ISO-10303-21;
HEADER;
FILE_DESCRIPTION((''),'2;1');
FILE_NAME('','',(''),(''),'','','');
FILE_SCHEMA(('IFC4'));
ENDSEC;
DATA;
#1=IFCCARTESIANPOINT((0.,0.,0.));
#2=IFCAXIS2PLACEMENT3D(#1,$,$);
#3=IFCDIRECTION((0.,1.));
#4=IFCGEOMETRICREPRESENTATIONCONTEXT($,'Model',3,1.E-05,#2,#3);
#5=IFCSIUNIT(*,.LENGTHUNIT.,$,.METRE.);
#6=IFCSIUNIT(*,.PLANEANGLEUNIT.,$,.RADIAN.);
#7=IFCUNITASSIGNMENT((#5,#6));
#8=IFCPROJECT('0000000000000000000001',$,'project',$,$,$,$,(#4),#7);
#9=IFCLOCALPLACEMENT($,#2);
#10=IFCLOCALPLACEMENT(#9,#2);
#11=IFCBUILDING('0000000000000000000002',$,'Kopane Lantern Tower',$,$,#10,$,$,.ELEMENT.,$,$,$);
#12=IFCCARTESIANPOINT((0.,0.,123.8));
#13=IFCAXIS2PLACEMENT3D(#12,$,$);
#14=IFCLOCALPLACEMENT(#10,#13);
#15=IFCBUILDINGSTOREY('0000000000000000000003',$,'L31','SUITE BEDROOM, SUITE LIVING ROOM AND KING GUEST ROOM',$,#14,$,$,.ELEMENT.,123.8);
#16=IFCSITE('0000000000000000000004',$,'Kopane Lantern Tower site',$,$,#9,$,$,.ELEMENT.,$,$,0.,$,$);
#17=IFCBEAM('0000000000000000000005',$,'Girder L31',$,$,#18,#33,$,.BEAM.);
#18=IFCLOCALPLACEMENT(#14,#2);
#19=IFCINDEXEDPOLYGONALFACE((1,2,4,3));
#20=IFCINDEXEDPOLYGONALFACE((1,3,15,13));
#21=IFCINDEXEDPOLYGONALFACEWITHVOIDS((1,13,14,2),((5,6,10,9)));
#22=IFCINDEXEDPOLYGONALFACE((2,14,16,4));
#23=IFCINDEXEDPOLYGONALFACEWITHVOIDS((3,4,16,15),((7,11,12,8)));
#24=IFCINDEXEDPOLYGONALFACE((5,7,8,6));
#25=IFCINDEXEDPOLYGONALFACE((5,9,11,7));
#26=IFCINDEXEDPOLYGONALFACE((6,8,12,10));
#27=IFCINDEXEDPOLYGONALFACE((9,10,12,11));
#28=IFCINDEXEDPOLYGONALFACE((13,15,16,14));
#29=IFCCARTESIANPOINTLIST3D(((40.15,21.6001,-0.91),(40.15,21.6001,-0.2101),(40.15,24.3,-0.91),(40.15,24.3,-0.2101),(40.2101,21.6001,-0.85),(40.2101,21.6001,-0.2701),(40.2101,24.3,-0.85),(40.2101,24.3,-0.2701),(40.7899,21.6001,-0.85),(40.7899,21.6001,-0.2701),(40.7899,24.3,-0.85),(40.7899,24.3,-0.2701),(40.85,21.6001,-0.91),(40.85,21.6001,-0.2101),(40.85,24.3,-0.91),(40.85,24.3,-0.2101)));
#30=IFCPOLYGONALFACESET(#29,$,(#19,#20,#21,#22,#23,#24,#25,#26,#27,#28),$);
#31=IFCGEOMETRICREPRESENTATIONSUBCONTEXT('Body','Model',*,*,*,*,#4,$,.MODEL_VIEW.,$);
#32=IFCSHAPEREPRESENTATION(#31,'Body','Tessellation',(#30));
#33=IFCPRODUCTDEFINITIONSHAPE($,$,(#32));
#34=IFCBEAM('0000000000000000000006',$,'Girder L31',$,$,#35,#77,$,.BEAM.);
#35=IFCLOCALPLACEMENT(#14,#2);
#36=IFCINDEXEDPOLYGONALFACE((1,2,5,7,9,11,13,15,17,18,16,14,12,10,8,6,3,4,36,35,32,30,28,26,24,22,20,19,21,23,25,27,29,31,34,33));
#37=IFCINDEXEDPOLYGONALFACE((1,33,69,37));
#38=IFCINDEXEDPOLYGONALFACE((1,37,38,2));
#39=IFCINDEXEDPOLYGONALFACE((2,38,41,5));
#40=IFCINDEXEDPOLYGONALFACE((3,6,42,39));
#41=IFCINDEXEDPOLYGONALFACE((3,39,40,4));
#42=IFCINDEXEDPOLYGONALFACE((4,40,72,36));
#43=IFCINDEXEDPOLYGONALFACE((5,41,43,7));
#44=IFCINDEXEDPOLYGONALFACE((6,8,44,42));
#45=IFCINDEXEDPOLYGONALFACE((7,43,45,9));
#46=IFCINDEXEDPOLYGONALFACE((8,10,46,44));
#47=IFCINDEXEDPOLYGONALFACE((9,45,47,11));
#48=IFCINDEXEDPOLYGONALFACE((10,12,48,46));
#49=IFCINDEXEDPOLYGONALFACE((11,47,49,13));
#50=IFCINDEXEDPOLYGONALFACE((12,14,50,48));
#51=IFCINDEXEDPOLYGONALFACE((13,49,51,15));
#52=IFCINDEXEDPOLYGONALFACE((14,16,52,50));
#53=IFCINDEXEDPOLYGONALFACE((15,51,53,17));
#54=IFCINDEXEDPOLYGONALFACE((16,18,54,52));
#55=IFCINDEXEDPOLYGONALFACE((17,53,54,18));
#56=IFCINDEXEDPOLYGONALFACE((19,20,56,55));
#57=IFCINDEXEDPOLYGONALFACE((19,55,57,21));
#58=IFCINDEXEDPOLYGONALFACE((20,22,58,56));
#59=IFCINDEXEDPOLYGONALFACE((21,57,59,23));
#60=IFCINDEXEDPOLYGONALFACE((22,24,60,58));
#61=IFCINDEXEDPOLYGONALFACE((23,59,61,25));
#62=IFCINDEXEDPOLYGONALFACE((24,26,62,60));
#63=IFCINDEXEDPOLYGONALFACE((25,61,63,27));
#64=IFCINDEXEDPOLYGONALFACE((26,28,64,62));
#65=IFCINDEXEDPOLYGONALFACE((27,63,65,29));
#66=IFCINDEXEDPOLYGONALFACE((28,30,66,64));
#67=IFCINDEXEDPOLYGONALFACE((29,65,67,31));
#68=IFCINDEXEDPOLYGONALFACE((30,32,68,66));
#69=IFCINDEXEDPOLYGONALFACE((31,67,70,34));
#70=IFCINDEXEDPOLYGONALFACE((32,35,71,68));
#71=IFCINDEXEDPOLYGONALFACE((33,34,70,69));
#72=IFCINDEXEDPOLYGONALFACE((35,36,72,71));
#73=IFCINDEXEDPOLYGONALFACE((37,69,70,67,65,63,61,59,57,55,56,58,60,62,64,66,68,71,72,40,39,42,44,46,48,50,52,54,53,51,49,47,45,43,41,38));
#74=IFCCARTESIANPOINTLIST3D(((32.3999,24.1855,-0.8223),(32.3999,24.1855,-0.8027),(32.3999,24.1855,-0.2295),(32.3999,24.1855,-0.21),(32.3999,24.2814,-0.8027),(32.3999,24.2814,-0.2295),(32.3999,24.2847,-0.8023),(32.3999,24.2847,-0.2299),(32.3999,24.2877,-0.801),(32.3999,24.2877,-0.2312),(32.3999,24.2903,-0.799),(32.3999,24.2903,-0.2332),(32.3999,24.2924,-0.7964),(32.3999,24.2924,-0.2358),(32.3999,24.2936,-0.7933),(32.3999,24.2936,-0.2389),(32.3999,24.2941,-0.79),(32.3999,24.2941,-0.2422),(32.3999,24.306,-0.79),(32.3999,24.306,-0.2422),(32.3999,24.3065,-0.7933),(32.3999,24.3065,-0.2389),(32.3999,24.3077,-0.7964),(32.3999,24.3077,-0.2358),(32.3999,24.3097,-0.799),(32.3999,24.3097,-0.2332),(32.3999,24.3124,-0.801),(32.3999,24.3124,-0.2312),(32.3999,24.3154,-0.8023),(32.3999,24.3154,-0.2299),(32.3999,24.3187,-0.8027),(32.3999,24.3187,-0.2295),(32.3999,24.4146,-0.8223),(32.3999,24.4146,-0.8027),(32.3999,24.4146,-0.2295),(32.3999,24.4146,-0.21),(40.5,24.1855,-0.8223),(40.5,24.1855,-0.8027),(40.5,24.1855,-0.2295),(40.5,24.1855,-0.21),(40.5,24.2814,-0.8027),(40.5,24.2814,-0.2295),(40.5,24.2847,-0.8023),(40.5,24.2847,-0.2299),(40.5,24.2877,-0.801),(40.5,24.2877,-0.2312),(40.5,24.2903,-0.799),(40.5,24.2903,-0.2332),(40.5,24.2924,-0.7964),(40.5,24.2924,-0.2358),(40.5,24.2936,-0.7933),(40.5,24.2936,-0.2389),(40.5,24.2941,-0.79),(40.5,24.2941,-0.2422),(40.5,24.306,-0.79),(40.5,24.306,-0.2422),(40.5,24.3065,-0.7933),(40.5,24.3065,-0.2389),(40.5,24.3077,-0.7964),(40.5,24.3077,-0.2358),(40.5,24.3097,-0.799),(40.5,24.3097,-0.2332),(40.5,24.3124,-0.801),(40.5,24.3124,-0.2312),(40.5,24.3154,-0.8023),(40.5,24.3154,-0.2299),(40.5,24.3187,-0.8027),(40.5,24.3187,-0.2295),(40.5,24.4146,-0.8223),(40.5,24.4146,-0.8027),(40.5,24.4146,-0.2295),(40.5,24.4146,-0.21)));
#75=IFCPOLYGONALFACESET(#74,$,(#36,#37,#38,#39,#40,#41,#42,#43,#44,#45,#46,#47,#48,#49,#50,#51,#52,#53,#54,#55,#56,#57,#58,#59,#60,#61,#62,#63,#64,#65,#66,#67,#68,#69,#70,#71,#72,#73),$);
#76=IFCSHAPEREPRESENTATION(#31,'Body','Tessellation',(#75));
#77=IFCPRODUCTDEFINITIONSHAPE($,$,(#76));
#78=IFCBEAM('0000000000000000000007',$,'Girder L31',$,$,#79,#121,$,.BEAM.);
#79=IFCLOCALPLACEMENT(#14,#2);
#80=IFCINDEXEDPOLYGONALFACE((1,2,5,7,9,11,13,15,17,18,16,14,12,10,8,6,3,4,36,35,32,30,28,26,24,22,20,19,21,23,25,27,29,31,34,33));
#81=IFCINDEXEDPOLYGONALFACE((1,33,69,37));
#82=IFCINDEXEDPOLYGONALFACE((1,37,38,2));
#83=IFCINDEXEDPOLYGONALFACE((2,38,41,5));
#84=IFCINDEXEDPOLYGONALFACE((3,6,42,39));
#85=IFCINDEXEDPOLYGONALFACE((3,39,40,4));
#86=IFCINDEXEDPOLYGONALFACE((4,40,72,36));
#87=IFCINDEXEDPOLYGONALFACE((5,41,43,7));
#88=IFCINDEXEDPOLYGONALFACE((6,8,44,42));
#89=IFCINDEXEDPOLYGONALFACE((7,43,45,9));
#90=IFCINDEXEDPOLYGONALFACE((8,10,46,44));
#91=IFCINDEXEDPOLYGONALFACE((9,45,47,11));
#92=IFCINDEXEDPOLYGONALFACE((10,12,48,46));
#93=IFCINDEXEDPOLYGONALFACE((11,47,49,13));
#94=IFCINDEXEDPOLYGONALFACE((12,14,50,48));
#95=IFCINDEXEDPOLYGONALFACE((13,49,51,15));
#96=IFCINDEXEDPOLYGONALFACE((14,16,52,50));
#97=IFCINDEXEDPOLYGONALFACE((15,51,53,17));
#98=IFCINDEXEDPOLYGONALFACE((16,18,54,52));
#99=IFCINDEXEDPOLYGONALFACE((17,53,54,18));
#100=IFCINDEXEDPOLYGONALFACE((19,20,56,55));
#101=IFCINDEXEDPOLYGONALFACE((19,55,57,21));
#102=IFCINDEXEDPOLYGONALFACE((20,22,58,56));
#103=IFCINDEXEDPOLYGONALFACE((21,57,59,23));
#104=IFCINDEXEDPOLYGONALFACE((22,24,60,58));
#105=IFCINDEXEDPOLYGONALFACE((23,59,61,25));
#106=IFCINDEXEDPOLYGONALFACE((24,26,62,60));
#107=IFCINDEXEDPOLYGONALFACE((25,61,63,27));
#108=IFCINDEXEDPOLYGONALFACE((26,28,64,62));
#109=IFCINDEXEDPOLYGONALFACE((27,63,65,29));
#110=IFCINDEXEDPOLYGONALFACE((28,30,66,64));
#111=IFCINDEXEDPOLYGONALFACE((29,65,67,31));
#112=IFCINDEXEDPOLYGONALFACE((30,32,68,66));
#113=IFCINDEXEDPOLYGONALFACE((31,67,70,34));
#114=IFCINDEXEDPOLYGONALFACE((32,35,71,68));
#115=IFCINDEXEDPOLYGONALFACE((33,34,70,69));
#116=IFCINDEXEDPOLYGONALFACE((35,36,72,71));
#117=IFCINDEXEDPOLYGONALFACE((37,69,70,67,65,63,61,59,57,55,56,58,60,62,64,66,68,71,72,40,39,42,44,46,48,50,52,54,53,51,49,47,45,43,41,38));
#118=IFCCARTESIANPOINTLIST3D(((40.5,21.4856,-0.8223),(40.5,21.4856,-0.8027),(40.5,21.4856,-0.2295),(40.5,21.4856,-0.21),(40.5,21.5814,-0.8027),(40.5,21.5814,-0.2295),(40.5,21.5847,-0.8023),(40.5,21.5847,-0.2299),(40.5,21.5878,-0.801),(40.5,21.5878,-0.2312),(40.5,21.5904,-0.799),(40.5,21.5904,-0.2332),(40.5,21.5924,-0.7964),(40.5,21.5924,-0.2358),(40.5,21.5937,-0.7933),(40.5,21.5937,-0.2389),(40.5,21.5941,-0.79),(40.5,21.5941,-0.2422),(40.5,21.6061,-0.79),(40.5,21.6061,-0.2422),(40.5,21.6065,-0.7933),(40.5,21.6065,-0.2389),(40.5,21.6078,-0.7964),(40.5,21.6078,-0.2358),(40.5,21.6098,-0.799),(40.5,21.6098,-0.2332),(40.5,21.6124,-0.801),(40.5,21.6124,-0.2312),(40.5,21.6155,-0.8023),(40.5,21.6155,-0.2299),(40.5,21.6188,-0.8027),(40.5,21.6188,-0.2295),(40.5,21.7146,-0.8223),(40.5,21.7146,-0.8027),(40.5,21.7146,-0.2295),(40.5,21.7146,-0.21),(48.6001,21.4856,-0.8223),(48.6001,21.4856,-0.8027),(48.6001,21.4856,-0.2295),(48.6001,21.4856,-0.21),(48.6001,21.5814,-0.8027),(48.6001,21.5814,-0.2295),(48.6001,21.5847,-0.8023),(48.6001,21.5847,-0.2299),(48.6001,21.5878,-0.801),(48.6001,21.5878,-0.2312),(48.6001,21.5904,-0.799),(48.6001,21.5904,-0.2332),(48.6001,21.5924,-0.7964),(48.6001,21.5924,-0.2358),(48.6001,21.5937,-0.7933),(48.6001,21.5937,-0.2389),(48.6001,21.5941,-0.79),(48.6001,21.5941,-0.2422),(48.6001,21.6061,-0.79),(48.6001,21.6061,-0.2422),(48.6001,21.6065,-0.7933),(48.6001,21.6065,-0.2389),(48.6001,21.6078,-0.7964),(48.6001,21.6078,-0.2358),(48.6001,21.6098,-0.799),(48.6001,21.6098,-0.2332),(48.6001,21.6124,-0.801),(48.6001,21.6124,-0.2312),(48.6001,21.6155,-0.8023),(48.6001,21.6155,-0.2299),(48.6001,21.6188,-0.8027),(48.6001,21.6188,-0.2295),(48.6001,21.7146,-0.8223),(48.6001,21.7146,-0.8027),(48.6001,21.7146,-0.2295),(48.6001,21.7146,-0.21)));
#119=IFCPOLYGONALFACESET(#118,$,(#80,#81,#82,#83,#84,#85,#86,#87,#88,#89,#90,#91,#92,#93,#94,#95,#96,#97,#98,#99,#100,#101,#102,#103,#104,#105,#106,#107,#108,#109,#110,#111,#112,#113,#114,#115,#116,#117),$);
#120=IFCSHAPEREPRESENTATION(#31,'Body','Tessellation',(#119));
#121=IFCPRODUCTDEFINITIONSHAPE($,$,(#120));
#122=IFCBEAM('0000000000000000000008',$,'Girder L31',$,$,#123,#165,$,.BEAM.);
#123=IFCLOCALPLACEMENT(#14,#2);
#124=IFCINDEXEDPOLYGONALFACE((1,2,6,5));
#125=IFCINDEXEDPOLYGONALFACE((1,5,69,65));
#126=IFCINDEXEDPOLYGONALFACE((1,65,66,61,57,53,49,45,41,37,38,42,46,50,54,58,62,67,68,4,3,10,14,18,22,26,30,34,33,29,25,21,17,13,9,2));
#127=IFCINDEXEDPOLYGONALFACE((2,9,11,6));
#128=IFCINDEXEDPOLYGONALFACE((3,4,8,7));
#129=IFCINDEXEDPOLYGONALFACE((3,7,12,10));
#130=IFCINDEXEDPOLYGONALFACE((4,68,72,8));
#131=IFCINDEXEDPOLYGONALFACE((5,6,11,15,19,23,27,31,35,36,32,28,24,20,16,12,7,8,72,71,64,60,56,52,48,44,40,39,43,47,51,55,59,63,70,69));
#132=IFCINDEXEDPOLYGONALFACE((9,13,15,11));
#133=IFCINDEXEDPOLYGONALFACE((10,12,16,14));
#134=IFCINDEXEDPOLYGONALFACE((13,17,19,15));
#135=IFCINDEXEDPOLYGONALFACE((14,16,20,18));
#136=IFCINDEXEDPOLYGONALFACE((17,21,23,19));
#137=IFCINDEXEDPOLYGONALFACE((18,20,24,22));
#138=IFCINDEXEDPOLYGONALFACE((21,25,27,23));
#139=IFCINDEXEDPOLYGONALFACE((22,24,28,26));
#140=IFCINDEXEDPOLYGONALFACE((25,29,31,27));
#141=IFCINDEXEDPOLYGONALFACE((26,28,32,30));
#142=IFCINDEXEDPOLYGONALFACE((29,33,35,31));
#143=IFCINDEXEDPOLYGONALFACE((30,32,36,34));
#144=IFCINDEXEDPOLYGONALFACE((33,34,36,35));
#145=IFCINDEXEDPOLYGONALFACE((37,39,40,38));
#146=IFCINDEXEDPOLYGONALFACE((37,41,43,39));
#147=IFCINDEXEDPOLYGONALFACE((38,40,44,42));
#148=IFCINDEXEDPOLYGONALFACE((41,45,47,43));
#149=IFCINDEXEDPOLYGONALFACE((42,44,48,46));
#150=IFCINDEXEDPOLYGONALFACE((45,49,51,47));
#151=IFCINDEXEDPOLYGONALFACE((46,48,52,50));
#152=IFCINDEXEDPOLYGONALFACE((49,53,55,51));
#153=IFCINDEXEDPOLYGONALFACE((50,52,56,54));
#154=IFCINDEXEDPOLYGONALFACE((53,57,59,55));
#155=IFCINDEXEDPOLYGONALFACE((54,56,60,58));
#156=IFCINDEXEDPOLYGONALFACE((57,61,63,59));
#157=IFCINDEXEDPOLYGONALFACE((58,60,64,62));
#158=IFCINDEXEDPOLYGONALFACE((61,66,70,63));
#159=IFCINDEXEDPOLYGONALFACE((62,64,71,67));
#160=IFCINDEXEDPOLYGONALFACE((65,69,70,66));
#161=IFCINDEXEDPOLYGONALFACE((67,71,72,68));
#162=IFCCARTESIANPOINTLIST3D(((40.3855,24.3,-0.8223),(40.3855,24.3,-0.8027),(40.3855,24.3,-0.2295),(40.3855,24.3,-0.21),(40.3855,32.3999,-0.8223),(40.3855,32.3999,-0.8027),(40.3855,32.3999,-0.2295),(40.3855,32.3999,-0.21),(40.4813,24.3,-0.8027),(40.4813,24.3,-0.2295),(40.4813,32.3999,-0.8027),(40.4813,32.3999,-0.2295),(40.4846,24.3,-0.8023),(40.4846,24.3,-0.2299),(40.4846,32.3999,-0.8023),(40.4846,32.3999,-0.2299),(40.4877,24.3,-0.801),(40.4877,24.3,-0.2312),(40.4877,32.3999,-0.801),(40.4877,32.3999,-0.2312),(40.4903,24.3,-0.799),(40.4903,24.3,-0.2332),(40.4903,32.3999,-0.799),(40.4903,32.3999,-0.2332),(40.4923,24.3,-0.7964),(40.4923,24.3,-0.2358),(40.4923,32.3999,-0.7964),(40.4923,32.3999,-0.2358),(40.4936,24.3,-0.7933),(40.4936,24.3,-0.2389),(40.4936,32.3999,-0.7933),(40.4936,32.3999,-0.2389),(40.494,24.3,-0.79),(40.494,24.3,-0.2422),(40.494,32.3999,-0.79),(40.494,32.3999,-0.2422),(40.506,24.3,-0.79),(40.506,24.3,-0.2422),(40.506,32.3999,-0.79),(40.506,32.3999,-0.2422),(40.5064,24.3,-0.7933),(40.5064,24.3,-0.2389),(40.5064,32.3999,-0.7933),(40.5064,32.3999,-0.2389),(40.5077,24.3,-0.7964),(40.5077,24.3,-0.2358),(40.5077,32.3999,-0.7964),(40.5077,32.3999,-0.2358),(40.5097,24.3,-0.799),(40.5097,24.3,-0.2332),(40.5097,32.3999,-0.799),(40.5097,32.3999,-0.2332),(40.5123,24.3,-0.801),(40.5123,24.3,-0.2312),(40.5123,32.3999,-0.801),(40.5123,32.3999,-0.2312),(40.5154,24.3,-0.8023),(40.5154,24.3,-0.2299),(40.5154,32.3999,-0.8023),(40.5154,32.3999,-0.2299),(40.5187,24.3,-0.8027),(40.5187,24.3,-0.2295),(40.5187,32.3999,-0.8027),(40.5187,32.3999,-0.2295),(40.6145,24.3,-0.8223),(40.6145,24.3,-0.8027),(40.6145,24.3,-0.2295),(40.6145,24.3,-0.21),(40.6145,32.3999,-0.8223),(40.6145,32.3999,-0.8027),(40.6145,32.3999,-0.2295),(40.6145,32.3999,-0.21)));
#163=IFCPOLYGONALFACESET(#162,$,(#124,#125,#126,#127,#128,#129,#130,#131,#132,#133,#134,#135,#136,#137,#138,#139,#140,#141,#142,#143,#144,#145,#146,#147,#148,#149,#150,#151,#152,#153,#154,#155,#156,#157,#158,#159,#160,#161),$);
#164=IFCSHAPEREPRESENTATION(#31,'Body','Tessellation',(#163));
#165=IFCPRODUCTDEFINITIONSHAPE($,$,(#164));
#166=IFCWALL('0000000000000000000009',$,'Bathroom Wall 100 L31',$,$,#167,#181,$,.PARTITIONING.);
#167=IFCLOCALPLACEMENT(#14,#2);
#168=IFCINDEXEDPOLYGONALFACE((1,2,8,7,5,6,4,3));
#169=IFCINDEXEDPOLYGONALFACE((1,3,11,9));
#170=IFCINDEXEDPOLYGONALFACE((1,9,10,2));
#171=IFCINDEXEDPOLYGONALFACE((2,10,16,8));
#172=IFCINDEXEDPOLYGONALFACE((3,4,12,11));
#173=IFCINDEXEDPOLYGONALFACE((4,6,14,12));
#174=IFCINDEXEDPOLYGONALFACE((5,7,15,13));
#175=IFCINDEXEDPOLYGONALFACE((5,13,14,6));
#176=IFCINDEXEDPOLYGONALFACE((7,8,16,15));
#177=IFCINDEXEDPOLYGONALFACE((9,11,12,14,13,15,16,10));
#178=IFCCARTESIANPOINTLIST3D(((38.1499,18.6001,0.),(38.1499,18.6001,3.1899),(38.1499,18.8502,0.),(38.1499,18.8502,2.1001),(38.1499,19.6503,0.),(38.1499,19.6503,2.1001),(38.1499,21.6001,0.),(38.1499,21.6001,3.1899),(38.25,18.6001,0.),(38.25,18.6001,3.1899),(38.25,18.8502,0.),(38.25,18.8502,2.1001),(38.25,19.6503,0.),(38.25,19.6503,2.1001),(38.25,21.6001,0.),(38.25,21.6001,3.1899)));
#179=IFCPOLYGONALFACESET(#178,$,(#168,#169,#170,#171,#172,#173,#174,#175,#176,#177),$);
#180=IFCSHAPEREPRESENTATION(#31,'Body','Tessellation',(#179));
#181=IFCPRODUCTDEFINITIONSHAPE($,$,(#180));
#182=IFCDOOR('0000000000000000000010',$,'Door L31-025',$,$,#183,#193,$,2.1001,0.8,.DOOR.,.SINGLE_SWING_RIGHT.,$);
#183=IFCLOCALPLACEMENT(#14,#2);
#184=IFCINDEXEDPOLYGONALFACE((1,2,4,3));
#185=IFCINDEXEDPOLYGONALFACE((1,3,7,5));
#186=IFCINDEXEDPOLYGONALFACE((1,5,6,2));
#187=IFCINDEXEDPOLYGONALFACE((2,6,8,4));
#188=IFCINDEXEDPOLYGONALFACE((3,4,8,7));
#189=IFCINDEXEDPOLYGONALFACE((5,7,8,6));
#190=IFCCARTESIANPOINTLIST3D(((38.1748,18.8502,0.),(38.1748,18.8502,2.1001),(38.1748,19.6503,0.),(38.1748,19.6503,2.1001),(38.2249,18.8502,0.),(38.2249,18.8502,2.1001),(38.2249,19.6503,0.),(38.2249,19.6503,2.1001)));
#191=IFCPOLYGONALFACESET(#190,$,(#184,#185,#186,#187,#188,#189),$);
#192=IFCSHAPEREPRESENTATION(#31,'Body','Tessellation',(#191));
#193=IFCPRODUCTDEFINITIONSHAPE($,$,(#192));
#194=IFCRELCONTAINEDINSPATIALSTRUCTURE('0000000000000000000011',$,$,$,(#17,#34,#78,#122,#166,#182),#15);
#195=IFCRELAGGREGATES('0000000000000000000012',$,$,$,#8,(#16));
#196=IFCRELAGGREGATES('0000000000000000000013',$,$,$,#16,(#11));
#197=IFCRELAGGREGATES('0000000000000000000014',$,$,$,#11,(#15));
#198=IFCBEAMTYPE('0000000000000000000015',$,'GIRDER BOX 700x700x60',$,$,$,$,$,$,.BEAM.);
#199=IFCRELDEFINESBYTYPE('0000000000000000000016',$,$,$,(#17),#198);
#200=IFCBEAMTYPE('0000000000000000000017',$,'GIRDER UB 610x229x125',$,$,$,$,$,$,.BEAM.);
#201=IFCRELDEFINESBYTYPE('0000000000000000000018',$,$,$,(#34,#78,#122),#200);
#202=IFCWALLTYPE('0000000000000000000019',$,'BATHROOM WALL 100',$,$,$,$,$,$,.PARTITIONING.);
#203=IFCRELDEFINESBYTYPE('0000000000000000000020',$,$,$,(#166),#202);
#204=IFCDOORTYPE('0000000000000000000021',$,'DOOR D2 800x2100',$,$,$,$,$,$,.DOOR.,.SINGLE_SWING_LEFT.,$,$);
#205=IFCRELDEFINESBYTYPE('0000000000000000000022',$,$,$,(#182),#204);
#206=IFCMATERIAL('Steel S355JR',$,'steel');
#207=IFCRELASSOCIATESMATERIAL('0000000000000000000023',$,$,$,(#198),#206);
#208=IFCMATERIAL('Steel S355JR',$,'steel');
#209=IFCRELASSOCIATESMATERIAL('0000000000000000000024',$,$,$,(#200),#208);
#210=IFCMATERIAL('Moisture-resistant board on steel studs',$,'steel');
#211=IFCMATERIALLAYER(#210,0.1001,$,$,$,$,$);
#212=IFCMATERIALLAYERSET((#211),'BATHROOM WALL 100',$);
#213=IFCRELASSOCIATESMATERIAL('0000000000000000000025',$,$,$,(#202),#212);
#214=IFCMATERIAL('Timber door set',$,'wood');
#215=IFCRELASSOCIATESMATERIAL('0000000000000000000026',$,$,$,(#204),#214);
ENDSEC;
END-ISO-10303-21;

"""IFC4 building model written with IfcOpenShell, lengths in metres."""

from ifc_helpers import new_model, si_unit, direction, frame, frame_2d, origin, origin_2d, place, context, subcontext, project, spatial, rectangle, hollow_rectangle, i_section, extrude, material, layer, layer_set, material_profile, profile_set, type_object, element, fill, save


model = new_model("IFC4")

# Units and contexts
model_context = context("Model", 3, precision=1e-05, world=origin(), true_north=direction((0.0, 1.0)))
body_context = subcontext(model_context, "Body", "Model", "MODEL_VIEW")
ifc_project = project(units=[si_unit("LENGTHUNIT", "METRE"), si_unit("PLANEANGLEUNIT", "RADIAN")], contexts=[model_context])

# Site, building, storey
site_placement = place(None, origin())
site = spatial("IfcSite", under=ifc_project, at=site_placement, Name="Kopane Lantern Tower site", CompositionType="ELEMENT", RefElevation=0.0)
building_placement = place(site_placement, origin())
building = spatial("IfcBuilding", under=site, at=building_placement, Name="Kopane Lantern Tower", CompositionType="ELEMENT")
storey_placement = place(building_placement, frame((0.0, 0.0, 123.8)))
storey = spatial("IfcBuildingStorey", under=building, at=storey_placement, Name="L31", Description="SUITE BEDROOM, SUITE LIVING ROOM AND KING GUEST ROOM", CompositionType="ELEMENT", Elevation=123.8)

# Beams
ifc_material_1 = material(Name="Steel S355JR", Category="steel")
ifc_material_profile_1 = material_profile(ifc_material_1, hollow_rectangle(XDim=0.7, YDim=0.7, WallThickness=0.0601, at=origin_2d()), Name="BOX 700x700x60")
ifc_profile_set_1 = profile_set([ifc_material_profile_1], Name="Steel S355JR")
beam_type_1 = type_object("IfcBeamType", Name="GIRDER BOX 700x700x60", PredefinedType="BEAM", material=ifc_profile_set_1)
beam_1_placement = place(storey_placement, frame((40.5, 21.6001, -0.5601), z_axis=(0.0, 1.0, 0.0), x_axis=(-1.0, 0.0, 0.0)))
element("IfcBeam", 1, at=beam_1_placement, inside=storey, type_object=beam_type_1, Name="Girder L31", PredefinedType="BEAM", context=body_context, shape_type="SweptSolid", body=[
    extrude(hollow_rectangle(XDim=0.7, YDim=0.7, WallThickness=0.0601, at=origin_2d()), origin(), (0.0, 0.0, 1.0), 2.7),
])
ifc_material_2 = material(Name="Steel S355JR", Category="steel")
ifc_material_profile_2 = material_profile(ifc_material_2, i_section(OverallWidth=0.229, OverallDepth=0.6123, WebThickness=0.012, FlangeThickness=0.0195, FilletRadius=0.0127, at=origin_2d()), Name="UB 610x229x125")
ifc_profile_set_2 = profile_set([ifc_material_profile_2], Name="Steel S355JR")
beam_type_2 = type_object("IfcBeamType", Name="GIRDER UB 610x229x125", PredefinedType="BEAM", material=ifc_profile_set_2)
for number, where, z_axis, x_axis, name in (
    (2, (32.3999, 24.3, -0.5161), (1.0, 0.0, 0.0), (0.0, 1.0, 0.0), "Girder L31"),
    (3, (40.5, 21.6001, -0.5161), (1.0, 0.0, 0.0), (0.0, 1.0, 0.0), "Girder L31"),
):
    element("IfcBeam", number, at=place(storey_placement, frame(where, z_axis=z_axis, x_axis=x_axis)), inside=storey, type_object=beam_type_2, Name=name, PredefinedType="BEAM", context=body_context, shape_type="SweptSolid", body=[
        extrude(i_section(OverallWidth=0.229, OverallDepth=0.6123, WebThickness=0.012, FlangeThickness=0.0195, FilletRadius=0.0127, at=origin_2d()), origin(), (0.0, 0.0, 1.0), 8.1001),
    ])
beam_2_placement = place(storey_placement, frame((40.5, 24.3, -0.5161), z_axis=(0.0, 1.0, 0.0), x_axis=(-1.0, 0.0, 0.0)))
element("IfcBeam", 4, at=beam_2_placement, inside=storey, type_object=beam_type_2, Name="Girder L31", PredefinedType="BEAM", context=body_context, shape_type="SweptSolid", body=[
    extrude(i_section(OverallWidth=0.229, OverallDepth=0.6123, WebThickness=0.012, FlangeThickness=0.0195, FilletRadius=0.0127, at=origin_2d()), origin(), (0.0, 0.0, 1.0), 8.0999),
])

# Wall, opening, door
ifc_material_3 = material(Name="Moisture-resistant board on steel studs", Category="steel")
ifc_layer_1 = layer(ifc_material_3, 0.1001)
ifc_layer_set_1 = layer_set([ifc_layer_1], Name="BATHROOM WALL 100")
wall_type_1 = type_object("IfcWallType", Name="BATHROOM WALL 100", PredefinedType="PARTITIONING", material=ifc_layer_set_1)
wall_1_placement = place(storey_placement, frame((38.2, 21.6001, 0.0), z_axis=(0.0, 0.0, 1.0), x_axis=(0.0, -1.0, 0.0)))
wall_1 = element("IfcWall", 5, at=wall_1_placement, inside=storey, type_object=wall_type_1, Name="Bathroom Wall 100 L31", PredefinedType="PARTITIONING", context=body_context, shape_type="SweptSolid", body=[
    extrude(rectangle(XDim=3.0, YDim=0.1001, at=frame_2d((1.5, 0.0))), origin(), (0.0, 0.0, 1.0), 3.1899),
])
opening_1_placement = place(wall_1_placement, frame((1.95, 0.0, 0.0)))
opening_1 = element("IfcOpeningElement", 6, at=opening_1_placement, cuts=wall_1, PredefinedType="OPENING", context=body_context, shape_type="SweptSolid", body=[
    extrude(rectangle(XDim=0.8, YDim=2.1001, at=frame_2d((0.3999, 1.05))), frame((0.0, 0.0601, 0.0), z_axis=(0.0, -1.0, 0.0), x_axis=(1.0, 0.0, 0.0)), (0.0, 0.0, 1.0), 0.1201),
])
ifc_material_4 = material(Name="Timber door set", Category="wood")
door_type_1 = type_object("IfcDoorType", Name="DOOR D2 800x2100", OperationType="SINGLE_SWING_LEFT", PredefinedType="DOOR", material=ifc_material_4)
door_1_placement = place(opening_1_placement, origin())
door_1 = element("IfcDoor", 7, at=door_1_placement, inside=storey, type_object=door_type_1, Name="Door L31-025", OperationType="SINGLE_SWING_RIGHT", OverallHeight=2.1001, OverallWidth=0.8, PredefinedType="DOOR", context=body_context, shape_type="SweptSolid", body=[
    extrude(rectangle(XDim=0.8, YDim=2.1001, at=frame_2d((0.3999, 1.05))), frame((0.0, 0.0249, 0.0), z_axis=(0.0, -1.0, 0.0), x_axis=(1.0, 0.0, 0.0)), (0.0, 0.0, 1.0), 0.05),
])
fill(opening_1, door_1)

save(model, "model.ifc")
